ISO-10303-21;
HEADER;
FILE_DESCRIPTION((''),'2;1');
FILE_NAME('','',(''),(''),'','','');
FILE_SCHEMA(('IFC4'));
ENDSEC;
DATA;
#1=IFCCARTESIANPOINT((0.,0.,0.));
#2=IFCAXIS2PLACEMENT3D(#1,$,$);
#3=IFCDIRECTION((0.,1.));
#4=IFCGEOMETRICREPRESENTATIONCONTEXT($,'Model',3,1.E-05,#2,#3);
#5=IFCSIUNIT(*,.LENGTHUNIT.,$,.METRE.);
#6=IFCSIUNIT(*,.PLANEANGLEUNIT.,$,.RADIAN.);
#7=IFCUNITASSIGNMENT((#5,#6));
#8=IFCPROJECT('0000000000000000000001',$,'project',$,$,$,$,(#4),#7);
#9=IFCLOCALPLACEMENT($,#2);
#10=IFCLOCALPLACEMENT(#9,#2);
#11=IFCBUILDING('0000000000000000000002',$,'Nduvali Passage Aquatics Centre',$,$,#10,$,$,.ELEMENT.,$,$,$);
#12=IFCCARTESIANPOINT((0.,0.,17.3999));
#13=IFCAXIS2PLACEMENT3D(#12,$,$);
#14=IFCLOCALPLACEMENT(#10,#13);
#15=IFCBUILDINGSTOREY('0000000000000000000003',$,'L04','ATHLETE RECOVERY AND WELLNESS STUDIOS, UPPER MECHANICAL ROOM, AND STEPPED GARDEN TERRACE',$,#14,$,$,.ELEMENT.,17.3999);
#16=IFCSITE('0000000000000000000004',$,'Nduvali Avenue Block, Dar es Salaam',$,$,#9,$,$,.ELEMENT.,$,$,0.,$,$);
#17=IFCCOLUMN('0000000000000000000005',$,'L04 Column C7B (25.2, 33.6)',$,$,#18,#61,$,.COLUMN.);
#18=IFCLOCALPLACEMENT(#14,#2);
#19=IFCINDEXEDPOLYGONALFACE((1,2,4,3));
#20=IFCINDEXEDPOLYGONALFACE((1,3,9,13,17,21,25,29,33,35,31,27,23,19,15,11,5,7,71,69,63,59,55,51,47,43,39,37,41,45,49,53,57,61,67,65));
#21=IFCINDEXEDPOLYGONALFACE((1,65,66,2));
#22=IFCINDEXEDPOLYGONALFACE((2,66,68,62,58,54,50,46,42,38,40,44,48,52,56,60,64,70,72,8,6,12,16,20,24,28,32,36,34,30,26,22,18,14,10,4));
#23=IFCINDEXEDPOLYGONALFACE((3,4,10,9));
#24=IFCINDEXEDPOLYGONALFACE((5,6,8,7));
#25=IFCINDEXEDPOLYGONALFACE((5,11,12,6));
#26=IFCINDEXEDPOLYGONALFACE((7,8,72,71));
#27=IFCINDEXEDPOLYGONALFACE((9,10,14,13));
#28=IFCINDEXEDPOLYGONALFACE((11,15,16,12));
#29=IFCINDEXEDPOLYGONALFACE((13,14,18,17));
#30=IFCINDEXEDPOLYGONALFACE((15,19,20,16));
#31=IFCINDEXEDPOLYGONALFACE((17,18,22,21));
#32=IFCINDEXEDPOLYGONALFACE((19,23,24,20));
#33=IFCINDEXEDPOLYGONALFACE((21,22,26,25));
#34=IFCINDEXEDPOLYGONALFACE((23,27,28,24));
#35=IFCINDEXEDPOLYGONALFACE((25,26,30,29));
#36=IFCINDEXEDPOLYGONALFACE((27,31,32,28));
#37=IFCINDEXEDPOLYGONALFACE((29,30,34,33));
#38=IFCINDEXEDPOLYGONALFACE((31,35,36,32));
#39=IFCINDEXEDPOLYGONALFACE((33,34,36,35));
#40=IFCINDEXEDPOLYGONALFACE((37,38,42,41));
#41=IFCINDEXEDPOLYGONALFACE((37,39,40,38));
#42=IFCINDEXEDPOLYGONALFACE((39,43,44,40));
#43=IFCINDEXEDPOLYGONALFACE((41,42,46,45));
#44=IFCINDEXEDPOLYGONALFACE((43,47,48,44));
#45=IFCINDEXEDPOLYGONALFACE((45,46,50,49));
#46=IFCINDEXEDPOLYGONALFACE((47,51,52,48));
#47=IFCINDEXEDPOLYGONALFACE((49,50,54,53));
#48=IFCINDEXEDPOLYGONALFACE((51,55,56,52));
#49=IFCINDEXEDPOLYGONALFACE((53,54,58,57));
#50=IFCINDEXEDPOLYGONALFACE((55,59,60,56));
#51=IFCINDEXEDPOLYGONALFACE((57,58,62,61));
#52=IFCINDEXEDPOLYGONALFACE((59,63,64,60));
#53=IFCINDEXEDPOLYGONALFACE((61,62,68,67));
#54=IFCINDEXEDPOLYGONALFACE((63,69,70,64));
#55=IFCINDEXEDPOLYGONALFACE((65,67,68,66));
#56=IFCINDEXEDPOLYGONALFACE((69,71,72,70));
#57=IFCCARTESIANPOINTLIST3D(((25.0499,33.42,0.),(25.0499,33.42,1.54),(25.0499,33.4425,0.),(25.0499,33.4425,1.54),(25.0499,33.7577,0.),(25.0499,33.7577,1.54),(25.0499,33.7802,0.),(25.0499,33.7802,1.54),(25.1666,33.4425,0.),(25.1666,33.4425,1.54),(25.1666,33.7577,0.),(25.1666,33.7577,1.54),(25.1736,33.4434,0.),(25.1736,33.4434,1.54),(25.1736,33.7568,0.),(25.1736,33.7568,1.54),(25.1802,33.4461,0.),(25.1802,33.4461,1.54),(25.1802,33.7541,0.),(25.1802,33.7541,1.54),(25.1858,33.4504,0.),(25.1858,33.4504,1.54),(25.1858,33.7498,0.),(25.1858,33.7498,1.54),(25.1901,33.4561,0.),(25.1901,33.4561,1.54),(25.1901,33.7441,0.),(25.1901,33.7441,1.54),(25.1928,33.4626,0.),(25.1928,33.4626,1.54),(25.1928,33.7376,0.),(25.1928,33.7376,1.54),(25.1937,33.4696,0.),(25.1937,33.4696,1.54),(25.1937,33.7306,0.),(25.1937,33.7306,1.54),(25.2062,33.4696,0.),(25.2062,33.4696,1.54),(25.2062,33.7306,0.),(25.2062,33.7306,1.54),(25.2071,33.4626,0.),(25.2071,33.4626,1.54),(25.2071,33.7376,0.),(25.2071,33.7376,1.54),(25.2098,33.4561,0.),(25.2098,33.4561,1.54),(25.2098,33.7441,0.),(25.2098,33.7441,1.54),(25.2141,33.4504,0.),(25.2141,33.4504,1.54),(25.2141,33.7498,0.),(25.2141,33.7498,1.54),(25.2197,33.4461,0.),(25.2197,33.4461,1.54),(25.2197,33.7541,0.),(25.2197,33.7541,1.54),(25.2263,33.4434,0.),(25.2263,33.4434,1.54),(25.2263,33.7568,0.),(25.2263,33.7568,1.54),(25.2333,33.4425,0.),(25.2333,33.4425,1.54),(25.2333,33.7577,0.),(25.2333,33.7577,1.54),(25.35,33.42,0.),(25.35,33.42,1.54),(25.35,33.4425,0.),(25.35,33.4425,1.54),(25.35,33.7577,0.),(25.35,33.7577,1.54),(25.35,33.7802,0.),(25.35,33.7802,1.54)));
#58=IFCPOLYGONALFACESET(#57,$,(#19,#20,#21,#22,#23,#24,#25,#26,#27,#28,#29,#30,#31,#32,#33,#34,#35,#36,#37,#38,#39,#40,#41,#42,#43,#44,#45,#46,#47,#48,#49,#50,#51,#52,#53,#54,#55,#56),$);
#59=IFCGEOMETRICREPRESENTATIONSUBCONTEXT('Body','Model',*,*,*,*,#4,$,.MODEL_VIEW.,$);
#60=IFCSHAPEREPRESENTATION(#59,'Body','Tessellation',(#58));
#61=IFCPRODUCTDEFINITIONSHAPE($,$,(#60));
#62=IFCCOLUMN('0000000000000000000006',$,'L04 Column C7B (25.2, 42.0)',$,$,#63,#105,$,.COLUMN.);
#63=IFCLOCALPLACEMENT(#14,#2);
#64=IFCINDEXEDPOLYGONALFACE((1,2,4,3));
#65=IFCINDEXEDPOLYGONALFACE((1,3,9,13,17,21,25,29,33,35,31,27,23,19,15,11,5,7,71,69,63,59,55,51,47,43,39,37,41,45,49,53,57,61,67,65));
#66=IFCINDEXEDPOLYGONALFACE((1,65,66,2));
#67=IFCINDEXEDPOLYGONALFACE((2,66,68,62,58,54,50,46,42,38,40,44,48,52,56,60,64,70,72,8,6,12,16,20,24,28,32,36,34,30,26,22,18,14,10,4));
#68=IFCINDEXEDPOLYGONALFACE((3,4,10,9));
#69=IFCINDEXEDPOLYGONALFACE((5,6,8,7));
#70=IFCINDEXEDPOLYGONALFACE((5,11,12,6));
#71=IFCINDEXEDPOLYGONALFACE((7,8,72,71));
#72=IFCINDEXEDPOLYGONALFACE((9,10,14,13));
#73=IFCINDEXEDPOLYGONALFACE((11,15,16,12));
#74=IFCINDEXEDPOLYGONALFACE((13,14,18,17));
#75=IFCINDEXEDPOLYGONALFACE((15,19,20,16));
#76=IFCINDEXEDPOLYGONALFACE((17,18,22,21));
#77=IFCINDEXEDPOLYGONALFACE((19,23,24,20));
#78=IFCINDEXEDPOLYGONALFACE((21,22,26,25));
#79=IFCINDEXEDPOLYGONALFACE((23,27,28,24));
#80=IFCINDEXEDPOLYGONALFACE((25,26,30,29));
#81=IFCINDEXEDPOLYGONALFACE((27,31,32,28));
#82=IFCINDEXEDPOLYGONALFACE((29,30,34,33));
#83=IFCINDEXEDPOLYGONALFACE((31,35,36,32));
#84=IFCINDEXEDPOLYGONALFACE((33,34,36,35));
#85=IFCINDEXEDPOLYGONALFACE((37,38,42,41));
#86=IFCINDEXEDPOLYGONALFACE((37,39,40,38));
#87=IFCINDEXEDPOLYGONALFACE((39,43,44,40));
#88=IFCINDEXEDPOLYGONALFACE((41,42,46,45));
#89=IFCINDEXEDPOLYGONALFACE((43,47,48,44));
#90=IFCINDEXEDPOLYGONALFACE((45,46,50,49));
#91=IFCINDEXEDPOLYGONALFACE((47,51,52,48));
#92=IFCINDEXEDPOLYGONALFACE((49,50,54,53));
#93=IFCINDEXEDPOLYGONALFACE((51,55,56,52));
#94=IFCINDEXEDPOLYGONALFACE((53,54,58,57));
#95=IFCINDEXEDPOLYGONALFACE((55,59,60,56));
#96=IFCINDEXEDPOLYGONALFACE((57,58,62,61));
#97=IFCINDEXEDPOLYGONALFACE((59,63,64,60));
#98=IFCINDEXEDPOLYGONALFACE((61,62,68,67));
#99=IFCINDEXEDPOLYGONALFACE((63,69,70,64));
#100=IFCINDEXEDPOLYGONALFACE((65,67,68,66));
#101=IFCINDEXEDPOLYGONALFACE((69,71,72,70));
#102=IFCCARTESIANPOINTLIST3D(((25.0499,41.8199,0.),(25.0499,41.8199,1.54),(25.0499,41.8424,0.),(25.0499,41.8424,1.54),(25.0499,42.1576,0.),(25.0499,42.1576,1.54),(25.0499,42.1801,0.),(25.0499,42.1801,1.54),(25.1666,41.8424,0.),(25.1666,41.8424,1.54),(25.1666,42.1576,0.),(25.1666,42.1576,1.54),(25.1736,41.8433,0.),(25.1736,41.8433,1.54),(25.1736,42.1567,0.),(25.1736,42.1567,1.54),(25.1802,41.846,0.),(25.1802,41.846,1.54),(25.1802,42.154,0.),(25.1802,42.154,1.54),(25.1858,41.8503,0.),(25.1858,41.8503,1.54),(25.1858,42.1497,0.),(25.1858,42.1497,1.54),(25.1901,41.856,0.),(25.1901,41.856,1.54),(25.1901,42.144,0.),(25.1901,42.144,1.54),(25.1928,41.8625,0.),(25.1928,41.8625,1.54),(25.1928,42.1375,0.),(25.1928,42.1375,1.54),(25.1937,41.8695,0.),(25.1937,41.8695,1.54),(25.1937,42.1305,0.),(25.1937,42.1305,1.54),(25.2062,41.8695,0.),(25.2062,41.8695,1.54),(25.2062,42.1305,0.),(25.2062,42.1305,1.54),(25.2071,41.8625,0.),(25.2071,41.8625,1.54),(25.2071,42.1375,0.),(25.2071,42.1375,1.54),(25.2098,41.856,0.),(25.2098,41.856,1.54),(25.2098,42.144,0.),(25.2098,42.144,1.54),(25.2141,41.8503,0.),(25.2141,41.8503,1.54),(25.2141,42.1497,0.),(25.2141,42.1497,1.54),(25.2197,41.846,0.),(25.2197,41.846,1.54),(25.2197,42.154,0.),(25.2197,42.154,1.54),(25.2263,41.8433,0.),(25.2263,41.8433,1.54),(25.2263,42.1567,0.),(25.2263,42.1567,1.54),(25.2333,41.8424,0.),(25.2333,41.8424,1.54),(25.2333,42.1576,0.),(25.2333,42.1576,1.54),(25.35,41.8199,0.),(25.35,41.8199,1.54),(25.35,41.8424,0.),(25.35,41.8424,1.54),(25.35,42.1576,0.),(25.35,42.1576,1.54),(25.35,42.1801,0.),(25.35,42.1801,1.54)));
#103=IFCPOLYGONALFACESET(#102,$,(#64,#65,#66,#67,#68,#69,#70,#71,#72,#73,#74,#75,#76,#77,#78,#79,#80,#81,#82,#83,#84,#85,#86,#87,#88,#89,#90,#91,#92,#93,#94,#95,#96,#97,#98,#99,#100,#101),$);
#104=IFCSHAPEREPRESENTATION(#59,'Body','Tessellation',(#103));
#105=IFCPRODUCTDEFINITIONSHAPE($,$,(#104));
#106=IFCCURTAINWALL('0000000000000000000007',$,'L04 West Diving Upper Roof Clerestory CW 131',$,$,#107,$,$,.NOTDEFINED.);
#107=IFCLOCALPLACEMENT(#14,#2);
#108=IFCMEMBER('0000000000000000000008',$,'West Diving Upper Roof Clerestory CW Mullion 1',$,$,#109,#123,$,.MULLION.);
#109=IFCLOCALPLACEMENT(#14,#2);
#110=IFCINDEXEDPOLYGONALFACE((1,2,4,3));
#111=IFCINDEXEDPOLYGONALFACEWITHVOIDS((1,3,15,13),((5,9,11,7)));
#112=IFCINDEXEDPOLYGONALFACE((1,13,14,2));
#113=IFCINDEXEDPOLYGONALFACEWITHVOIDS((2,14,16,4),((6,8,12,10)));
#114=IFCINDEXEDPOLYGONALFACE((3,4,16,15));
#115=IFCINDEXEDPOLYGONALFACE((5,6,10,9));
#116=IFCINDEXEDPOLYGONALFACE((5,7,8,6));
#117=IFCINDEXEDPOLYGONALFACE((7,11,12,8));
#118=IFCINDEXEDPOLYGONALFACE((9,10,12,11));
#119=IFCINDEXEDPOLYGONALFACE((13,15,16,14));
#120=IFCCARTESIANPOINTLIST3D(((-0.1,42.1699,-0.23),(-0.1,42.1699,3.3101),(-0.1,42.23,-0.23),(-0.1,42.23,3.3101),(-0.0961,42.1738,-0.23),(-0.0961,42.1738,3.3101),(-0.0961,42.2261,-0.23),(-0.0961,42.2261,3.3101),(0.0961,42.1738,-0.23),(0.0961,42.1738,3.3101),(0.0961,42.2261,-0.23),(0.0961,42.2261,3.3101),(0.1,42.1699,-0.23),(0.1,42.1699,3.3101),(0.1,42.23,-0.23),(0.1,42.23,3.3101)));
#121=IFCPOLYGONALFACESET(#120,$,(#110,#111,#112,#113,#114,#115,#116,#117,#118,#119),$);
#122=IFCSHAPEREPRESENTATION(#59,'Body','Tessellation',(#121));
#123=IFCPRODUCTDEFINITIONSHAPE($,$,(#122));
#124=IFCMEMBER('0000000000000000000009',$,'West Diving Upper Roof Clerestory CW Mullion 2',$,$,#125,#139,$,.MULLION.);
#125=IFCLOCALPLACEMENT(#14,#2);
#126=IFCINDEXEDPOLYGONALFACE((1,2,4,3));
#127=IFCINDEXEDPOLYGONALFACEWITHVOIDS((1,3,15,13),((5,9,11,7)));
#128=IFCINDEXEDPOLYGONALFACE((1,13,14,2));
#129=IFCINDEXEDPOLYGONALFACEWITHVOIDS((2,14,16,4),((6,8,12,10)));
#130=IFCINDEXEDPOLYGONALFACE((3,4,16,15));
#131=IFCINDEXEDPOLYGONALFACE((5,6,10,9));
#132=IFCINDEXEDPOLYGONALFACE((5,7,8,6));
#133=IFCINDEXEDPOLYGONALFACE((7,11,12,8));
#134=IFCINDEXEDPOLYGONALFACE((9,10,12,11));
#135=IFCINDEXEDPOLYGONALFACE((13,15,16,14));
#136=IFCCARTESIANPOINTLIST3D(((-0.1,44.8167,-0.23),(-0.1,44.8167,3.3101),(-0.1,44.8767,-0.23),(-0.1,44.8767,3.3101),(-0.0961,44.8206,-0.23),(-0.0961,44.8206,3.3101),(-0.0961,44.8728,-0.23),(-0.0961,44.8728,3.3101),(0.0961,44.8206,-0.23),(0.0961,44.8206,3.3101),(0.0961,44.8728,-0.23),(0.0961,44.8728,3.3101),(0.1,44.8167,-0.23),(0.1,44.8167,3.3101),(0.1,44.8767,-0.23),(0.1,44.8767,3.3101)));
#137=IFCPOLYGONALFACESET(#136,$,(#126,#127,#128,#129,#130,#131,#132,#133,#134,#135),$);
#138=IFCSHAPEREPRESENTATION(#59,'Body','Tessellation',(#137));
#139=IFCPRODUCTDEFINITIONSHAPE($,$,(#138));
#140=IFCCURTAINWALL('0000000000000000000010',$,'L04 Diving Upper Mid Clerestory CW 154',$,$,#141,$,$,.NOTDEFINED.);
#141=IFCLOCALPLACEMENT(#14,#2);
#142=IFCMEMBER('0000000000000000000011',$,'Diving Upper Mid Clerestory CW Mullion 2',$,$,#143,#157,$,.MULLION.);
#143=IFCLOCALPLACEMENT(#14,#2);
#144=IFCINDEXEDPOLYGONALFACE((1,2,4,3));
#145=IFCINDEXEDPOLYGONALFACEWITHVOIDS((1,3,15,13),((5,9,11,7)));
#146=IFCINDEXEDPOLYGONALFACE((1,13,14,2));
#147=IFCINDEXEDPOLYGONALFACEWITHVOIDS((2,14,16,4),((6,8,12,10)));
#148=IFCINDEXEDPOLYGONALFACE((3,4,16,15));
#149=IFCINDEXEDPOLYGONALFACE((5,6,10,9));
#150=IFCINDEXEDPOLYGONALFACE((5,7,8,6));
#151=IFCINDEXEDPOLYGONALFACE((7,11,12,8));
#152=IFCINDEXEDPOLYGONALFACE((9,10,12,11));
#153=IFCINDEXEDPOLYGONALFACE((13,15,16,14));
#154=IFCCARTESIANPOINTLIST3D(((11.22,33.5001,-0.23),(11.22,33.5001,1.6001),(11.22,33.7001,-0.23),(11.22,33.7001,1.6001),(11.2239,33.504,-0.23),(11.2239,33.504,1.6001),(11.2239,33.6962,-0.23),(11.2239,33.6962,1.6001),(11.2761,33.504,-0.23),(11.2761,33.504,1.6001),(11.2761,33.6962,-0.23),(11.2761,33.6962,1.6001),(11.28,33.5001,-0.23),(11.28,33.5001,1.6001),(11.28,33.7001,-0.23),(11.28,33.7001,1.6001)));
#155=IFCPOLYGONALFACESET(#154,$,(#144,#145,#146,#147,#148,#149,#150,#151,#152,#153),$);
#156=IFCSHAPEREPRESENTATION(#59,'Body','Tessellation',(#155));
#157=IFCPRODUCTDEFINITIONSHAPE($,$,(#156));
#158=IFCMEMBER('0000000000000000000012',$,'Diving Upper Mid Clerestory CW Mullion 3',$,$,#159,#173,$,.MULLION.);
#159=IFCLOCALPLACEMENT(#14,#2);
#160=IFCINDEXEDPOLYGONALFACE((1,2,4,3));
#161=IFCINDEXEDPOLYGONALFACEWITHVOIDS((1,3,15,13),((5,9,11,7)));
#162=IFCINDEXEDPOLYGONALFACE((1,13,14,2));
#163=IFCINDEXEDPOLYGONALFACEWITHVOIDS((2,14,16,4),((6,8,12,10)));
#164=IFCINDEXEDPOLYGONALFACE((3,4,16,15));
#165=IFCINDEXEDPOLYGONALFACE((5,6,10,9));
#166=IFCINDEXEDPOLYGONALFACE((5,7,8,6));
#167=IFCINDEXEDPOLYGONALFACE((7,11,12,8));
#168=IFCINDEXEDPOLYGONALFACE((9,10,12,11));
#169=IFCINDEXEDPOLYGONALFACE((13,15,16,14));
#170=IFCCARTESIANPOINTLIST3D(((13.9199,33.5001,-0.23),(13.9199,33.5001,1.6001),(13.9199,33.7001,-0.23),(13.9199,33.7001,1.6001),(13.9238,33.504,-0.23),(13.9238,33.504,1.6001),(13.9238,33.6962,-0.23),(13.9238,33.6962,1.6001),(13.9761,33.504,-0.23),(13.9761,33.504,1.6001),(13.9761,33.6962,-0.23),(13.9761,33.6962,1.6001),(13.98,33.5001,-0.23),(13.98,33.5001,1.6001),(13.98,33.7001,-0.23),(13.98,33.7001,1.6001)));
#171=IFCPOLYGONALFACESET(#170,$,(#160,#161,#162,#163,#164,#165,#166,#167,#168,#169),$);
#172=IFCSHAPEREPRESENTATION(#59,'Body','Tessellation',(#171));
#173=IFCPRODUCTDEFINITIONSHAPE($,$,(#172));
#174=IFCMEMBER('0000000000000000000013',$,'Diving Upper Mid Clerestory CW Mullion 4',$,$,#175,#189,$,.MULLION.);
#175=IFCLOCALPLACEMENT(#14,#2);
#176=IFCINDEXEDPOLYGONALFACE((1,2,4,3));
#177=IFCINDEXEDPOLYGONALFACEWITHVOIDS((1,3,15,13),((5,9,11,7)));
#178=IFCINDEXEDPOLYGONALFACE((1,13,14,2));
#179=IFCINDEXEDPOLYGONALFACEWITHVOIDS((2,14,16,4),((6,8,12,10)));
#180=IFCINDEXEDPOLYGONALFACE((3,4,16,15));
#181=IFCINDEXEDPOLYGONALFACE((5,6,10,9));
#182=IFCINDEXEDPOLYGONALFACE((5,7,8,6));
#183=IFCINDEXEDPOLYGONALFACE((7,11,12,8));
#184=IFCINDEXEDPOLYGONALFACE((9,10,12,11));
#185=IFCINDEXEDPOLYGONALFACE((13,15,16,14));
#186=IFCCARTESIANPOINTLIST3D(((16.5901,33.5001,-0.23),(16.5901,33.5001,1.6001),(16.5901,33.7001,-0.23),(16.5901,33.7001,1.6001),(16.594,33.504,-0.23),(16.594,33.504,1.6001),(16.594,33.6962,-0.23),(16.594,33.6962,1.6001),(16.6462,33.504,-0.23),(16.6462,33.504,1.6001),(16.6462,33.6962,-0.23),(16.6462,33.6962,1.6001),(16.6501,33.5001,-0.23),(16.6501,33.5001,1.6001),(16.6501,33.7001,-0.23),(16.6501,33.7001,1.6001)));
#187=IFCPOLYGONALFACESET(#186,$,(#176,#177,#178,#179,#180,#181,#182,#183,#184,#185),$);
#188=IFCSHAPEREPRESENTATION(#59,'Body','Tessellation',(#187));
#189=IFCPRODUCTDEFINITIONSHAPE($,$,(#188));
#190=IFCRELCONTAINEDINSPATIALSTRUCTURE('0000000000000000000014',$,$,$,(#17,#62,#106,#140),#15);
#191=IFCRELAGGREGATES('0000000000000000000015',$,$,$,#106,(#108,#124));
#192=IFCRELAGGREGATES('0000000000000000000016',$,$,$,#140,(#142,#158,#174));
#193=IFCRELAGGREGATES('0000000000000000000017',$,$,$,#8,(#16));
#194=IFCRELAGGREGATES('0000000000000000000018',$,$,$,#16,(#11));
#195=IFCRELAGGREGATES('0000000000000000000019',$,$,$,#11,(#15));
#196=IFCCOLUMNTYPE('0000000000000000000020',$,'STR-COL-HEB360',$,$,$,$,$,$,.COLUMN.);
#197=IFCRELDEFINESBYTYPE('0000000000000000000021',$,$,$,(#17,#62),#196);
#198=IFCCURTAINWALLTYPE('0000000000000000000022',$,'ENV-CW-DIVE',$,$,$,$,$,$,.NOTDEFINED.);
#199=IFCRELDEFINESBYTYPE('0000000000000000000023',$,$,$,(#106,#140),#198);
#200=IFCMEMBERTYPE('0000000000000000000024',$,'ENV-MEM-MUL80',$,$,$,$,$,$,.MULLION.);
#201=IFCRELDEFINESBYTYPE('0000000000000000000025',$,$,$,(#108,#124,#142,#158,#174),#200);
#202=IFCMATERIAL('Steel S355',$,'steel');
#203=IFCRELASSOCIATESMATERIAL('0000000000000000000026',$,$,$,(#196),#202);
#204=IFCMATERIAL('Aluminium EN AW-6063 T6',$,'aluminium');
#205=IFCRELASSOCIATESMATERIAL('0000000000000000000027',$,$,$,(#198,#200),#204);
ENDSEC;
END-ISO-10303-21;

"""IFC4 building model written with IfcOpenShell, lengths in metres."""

from ifc_helpers import new_model, si_unit, direction, frame, origin, origin_2d, place, context, subcontext, project, spatial, hollow_rectangle, i_section, extrude, material, material_profile, profile_set, type_object, element, aggregate, save


model = new_model("IFC4")

# Units and contexts
model_context = context("Model", 3, precision=1e-05, world=origin(), true_north=direction((0.0, 1.0)))
body_context = subcontext(model_context, "Body", "Model", "MODEL_VIEW")
ifc_project = project(units=[si_unit("LENGTHUNIT", "METRE"), si_unit("PLANEANGLEUNIT", "RADIAN")], contexts=[model_context])

# Site, building, storey
site_placement = place(None, origin())
site = spatial("IfcSite", under=ifc_project, at=site_placement, Name="Nduvali Avenue Block, Dar es Salaam", CompositionType="ELEMENT", RefElevation=0.0)
building_placement = place(site_placement, origin())
building = spatial("IfcBuilding", under=site, at=building_placement, Name="Nduvali Passage Aquatics Centre", CompositionType="ELEMENT")
storey_placement = place(building_placement, frame((0.0, 0.0, 17.3999)))
storey = spatial("IfcBuildingStorey", under=building, at=storey_placement, Name="L04", Description="ATHLETE RECOVERY AND WELLNESS STUDIOS, UPPER MECHANICAL ROOM, AND STEPPED GARDEN TERRACE", CompositionType="ELEMENT", Elevation=17.3999)

# Columns
ifc_material_1 = material(Name="Steel S355", Category="steel")
ifc_material_profile_1 = material_profile(ifc_material_1, i_section(OverallWidth=0.3, OverallDepth=0.3601, WebThickness=0.0125, FlangeThickness=0.0225, FilletRadius=0.0271, at=origin_2d()), Name="HEB 360")
ifc_profile_set_1 = profile_set([ifc_material_profile_1], Name="Steel S355")
column_type_1 = type_object("IfcColumnType", Name="STR-COL-HEB360", PredefinedType="COLUMN", material=ifc_profile_set_1)
for number, where, z_axis, x_axis, name in (
    (1, (25.2, 33.6001, 0.0), (0.0, 0.0, 1.0), (1.0, 0.0, 0.0), "L04 Column C7B (25.2, 33.6)"),
    (2, (25.2, 42.0, 0.0), (0.0, 0.0, 1.0), (1.0, 0.0, 0.0), "L04 Column C7B (25.2, 42.0)"),
):
    element("IfcColumn", number, at=place(storey_placement, frame(where, z_axis=z_axis, x_axis=x_axis)), inside=storey, type_object=column_type_1, Name=name, PredefinedType="COLUMN", context=body_context, shape_type="SweptSolid", body=[
        extrude(i_section(OverallWidth=0.3, OverallDepth=0.3601, WebThickness=0.0125, FlangeThickness=0.0225, FilletRadius=0.0271, at=origin_2d()), origin(), (0.0, 0.0, 1.0), 1.54),
    ])

# Curtain walls, members
ifc_material_2 = material(Name="Aluminium EN AW-6063 T6", Category="aluminium")
curtain_wall_type = type_object("IfcCurtainWallType", Name="ENV-CW-DIVE", PredefinedType="NOTDEFINED", material=ifc_material_2)
curtain_wall_1_placement = place(storey_placement, origin())
curtain_wall_1 = element("IfcCurtainWall", 3, at=curtain_wall_1_placement, inside=storey, type_object=curtain_wall_type, Name="L04 West Diving Upper Roof Clerestory CW 131", PredefinedType="NOTDEFINED")
ifc_material_profile_2 = material_profile(ifc_material_2, hollow_rectangle(XDim=0.0601, YDim=0.2, WallThickness=0.0039, at=origin_2d()), Name="ALU MULLION 60x200x4")
ifc_profile_set_2 = profile_set([ifc_material_profile_2], Name="Aluminium EN AW-6063 T6")
member_type_1 = type_object("IfcMemberType", Name="ENV-MEM-MUL80", PredefinedType="MULLION", material=ifc_profile_set_2)
member_1_placement = place(storey_placement, frame((0.0, 42.2, -0.23), z_axis=(0.0, 0.0, 1.0), x_axis=(0.0, 1.0, 0.0)))
member_1 = element("IfcMember", 4, at=member_1_placement, type_object=member_type_1, Name="West Diving Upper Roof Clerestory CW Mullion 1", PredefinedType="MULLION", context=body_context, shape_type="SweptSolid", body=[
    extrude(hollow_rectangle(XDim=0.0601, YDim=0.2, WallThickness=0.0039, at=origin_2d()), origin(), (0.0, 0.0, 1.0), 3.54),
])
member_2_placement = place(storey_placement, frame((0.0, 44.8467, -0.23), z_axis=(0.0, 0.0, 1.0), x_axis=(0.0, 1.0, 0.0)))
member_2 = element("IfcMember", 5, at=member_2_placement, type_object=member_type_1, Name="West Diving Upper Roof Clerestory CW Mullion 2", PredefinedType="MULLION", context=body_context, shape_type="SweptSolid", body=[
    extrude(hollow_rectangle(XDim=0.0601, YDim=0.2, WallThickness=0.0039, at=origin_2d()), origin(), (0.0, 0.0, 1.0), 3.54),
])
curtain_wall_2_placement = place(storey_placement, origin())
curtain_wall_2 = element("IfcCurtainWall", 6, at=curtain_wall_2_placement, inside=storey, type_object=curtain_wall_type, Name="L04 Diving Upper Mid Clerestory CW 154", PredefinedType="NOTDEFINED")
member_3_placement = place(storey_placement, frame((11.25, 33.6001, -0.23), z_axis=(0.0, 0.0, 1.0), x_axis=(1.0, 0.0, 0.0)))
member_3 = element("IfcMember", 7, at=member_3_placement, type_object=member_type_1, Name="Diving Upper Mid Clerestory CW Mullion 2", PredefinedType="MULLION", context=body_context, shape_type="SweptSolid", body=[
    extrude(hollow_rectangle(XDim=0.0601, YDim=0.2, WallThickness=0.0039, at=origin_2d()), origin(), (0.0, 0.0, 1.0), 1.8301),
])
member_4_placement = place(storey_placement, frame((13.95, 33.6001, -0.23), z_axis=(0.0, 0.0, 1.0), x_axis=(1.0, 0.0, 0.0)))
member_4 = element("IfcMember", 8, at=member_4_placement, type_object=member_type_1, Name="Diving Upper Mid Clerestory CW Mullion 3", PredefinedType="MULLION", context=body_context, shape_type="SweptSolid", body=[
    extrude(hollow_rectangle(XDim=0.0601, YDim=0.2, WallThickness=0.0039, at=origin_2d()), origin(), (0.0, 0.0, 1.0), 1.8301),
])
member_5_placement = place(storey_placement, frame((16.6201, 33.6001, -0.23), z_axis=(0.0, 0.0, 1.0), x_axis=(1.0, 0.0, 0.0)))
member_5 = element("IfcMember", 9, at=member_5_placement, type_object=member_type_1, Name="Diving Upper Mid Clerestory CW Mullion 4", PredefinedType="MULLION", context=body_context, shape_type="SweptSolid", body=[
    extrude(hollow_rectangle(XDim=0.0601, YDim=0.2, WallThickness=0.0039, at=origin_2d()), origin(), (0.0, 0.0, 1.0), 1.8301),
])

aggregate(curtain_wall_1, [member_1, member_2])
aggregate(curtain_wall_2, [member_3, member_4, member_5])

save(model, "model.ifc")
